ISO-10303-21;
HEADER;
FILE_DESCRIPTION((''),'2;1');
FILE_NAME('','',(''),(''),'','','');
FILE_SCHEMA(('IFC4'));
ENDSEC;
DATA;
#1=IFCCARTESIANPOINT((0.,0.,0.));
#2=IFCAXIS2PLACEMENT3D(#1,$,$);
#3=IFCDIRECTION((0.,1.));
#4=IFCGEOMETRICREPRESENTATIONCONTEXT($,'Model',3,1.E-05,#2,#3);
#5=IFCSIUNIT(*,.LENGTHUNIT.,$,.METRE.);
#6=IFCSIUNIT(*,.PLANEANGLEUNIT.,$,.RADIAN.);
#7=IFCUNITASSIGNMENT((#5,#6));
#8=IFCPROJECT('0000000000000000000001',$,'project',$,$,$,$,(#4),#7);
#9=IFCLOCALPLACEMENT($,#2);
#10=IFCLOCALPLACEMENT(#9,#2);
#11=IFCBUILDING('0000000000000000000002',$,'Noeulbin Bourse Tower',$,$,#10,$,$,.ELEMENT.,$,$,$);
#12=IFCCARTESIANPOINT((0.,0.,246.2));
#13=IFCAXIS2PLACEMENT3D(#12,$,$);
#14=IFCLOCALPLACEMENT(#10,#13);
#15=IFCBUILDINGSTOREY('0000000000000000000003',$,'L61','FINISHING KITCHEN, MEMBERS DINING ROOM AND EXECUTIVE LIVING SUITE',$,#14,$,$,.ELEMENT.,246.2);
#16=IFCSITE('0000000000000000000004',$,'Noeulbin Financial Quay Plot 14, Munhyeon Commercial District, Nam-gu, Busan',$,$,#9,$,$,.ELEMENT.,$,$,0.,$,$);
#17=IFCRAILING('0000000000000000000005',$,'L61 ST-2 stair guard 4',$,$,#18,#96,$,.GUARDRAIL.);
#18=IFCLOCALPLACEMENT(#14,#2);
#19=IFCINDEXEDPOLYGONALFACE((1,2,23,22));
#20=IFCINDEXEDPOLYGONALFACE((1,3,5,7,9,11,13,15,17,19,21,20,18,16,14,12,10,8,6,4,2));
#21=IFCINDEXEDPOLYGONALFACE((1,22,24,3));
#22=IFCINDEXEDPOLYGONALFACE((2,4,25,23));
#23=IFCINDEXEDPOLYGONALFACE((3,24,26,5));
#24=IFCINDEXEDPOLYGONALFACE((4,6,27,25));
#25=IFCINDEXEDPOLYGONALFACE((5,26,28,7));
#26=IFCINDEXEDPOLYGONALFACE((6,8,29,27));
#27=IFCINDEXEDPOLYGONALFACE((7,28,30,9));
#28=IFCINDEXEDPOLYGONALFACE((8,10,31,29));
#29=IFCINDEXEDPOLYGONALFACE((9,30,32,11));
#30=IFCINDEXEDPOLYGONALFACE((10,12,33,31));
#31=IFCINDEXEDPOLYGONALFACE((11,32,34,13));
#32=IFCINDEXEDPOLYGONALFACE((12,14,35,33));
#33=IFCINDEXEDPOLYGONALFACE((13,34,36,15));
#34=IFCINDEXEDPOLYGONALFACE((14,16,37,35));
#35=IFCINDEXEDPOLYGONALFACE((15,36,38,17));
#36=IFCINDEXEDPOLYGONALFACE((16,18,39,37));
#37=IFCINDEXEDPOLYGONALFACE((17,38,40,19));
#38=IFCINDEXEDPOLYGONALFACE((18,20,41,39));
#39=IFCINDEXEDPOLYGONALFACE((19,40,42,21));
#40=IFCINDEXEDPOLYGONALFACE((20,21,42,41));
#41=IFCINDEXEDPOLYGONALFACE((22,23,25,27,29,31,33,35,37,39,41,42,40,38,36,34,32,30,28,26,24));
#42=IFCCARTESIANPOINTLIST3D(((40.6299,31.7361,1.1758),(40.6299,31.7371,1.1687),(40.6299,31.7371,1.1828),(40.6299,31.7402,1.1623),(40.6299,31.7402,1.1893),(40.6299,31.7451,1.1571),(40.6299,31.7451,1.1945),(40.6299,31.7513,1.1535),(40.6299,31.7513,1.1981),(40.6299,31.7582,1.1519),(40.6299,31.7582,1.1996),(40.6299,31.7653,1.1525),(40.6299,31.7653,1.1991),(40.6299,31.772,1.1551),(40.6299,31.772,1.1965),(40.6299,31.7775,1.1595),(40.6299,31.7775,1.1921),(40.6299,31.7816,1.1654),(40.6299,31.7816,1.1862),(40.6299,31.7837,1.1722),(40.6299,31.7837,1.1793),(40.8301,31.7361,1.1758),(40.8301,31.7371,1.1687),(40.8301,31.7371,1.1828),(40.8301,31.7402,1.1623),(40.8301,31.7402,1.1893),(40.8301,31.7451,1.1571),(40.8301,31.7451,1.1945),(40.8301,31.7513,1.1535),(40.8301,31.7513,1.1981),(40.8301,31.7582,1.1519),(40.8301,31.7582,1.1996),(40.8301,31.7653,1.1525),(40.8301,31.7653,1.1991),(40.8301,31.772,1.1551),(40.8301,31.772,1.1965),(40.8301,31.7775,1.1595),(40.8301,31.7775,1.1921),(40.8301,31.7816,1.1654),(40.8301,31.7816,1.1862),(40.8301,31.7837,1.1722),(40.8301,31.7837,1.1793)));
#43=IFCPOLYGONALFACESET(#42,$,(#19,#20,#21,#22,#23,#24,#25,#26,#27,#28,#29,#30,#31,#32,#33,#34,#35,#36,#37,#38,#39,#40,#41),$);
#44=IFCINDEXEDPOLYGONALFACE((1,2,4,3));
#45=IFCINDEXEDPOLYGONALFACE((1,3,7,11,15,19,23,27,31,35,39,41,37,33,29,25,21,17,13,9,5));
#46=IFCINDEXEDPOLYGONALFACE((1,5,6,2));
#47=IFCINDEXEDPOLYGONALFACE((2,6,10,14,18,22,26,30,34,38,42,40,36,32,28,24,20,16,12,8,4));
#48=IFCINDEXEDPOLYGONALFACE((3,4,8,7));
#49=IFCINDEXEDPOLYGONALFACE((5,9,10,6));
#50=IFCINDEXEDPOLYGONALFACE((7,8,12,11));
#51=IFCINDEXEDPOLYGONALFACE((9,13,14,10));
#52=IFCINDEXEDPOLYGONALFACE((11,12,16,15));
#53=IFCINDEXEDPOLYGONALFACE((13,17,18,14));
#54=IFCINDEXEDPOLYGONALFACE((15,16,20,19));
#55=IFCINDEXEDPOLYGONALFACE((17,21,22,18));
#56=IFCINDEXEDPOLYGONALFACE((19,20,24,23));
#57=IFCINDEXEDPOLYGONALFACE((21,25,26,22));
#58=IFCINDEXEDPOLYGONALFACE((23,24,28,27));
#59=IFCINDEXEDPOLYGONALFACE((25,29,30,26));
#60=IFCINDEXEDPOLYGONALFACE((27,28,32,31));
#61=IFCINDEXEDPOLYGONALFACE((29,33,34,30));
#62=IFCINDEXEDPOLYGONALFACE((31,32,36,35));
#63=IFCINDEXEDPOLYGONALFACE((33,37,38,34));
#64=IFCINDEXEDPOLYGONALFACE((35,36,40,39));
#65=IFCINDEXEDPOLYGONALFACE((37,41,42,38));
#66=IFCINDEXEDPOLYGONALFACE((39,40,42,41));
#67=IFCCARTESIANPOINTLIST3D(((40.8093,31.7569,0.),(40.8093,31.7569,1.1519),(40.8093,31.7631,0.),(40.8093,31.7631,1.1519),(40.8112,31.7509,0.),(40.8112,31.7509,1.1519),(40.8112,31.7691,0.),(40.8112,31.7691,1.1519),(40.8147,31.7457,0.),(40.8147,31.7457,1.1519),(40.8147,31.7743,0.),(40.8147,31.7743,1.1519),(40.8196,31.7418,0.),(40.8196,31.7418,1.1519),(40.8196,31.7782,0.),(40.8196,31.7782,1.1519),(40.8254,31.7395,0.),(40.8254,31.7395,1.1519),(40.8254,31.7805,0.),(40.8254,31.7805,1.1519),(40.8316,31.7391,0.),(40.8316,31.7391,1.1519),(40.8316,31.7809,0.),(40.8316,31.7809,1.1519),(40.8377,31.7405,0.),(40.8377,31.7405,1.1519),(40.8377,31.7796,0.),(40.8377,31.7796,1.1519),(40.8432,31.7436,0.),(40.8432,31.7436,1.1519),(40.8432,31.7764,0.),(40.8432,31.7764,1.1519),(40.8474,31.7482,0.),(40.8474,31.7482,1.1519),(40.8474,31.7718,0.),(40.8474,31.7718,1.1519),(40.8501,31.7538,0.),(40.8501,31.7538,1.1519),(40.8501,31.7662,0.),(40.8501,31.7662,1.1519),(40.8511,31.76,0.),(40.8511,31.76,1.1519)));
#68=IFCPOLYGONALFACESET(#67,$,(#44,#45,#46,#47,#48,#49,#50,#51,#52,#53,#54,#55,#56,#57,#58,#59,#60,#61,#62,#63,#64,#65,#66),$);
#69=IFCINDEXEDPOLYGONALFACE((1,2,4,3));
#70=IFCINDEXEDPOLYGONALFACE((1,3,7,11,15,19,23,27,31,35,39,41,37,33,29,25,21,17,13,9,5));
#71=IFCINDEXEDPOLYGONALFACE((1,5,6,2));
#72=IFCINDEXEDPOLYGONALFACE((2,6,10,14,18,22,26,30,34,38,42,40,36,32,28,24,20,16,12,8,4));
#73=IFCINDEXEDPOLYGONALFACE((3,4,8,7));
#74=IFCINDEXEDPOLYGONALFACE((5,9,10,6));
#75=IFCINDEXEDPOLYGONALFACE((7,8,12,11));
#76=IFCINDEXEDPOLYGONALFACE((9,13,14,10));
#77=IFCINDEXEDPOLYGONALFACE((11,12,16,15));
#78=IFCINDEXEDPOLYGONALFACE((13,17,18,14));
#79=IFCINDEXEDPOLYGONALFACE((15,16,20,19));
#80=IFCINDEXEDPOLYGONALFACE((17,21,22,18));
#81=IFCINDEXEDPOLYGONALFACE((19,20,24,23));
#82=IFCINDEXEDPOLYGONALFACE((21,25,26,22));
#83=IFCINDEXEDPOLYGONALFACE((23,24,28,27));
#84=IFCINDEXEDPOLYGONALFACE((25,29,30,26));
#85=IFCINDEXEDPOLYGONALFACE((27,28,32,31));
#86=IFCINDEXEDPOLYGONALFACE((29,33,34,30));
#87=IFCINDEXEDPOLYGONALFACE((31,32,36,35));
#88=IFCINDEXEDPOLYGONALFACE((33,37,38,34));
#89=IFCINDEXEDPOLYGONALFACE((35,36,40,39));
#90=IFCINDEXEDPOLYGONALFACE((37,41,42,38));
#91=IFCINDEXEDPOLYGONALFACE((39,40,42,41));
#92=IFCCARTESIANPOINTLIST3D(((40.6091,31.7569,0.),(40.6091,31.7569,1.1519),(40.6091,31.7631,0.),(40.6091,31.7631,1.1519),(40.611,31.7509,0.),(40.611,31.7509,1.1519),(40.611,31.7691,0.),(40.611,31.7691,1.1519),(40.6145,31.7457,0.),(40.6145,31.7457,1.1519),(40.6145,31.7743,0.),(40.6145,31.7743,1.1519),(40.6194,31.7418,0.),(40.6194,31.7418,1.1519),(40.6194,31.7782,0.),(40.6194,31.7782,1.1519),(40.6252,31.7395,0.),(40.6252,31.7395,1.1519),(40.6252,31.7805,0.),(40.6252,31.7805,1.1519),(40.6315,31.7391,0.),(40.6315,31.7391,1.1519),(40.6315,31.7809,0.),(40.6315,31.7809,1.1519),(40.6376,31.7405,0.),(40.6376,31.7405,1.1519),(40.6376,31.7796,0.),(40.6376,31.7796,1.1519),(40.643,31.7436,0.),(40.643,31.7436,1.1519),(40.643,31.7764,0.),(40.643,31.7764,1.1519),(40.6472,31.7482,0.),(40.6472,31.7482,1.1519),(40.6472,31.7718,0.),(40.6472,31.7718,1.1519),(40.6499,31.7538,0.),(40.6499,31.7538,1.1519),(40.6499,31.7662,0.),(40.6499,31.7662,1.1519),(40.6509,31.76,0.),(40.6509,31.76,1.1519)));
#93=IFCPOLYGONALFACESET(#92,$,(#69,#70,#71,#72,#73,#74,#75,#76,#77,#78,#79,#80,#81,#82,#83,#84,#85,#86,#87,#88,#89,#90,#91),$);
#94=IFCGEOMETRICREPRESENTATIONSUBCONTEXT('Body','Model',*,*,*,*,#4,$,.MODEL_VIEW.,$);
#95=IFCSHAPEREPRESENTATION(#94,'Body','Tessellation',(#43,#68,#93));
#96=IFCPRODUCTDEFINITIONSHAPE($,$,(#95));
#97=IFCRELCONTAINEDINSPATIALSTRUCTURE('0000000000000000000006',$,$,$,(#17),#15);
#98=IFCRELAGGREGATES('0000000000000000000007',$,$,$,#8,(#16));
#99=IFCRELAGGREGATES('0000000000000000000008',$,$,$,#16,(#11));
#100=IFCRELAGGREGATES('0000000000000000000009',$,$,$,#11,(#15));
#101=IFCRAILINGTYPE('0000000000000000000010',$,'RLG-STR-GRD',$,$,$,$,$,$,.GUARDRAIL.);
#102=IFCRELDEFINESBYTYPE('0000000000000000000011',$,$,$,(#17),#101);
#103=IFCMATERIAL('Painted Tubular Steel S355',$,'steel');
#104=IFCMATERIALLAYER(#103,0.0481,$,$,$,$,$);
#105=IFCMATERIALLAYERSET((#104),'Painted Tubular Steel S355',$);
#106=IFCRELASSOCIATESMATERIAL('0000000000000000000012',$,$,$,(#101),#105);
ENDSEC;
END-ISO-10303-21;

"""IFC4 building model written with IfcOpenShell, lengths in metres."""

from ifc_helpers import new_model, si_unit, direction, frame, origin, origin_2d, place, context, subcontext, project, spatial, circle, extrude, material, layer, layer_set, type_object, element, save


model = new_model("IFC4")

# Units and contexts
model_context = context("Model", 3, precision=1e-05, world=origin(), true_north=direction((0.0, 1.0)))
body_context = subcontext(model_context, "Body", "Model", "MODEL_VIEW")
ifc_project = project(units=[si_unit("LENGTHUNIT", "METRE"), si_unit("PLANEANGLEUNIT", "RADIAN")], contexts=[model_context])

# Site, building, storey
site_placement = place(None, origin())
site = spatial("IfcSite", under=ifc_project, at=site_placement, Name="Noeulbin Financial Quay Plot 14, Munhyeon Commercial District, Nam-gu, Busan", CompositionType="ELEMENT", RefElevation=0.0)
building_placement = place(site_placement, origin())
building = spatial("IfcBuilding", under=site, at=building_placement, Name="Noeulbin Bourse Tower", CompositionType="ELEMENT")
storey_placement = place(building_placement, frame((0.0, 0.0, 246.2)))
storey = spatial("IfcBuildingStorey", under=building, at=storey_placement, Name="L61", Description="FINISHING KITCHEN, MEMBERS DINING ROOM AND EXECUTIVE LIVING SUITE", CompositionType="ELEMENT", Elevation=246.2)

# Railing
ifc_material_1 = material(Name="Painted Tubular Steel S355", Category="steel")
ifc_layer_1 = layer(ifc_material_1, 0.0481)
ifc_layer_set_1 = layer_set([ifc_layer_1], Name="Painted Tubular Steel S355")
railing_type_1 = type_object("IfcRailingType", Name="RLG-STR-GRD", PredefinedType="GUARDRAIL", material=ifc_layer_set_1)
railing_1_placement = place(storey_placement, frame((40.8301, 31.76, 0.0)))
element("IfcRailing", 1, at=railing_1_placement, inside=storey, type_object=railing_type_1, Name="L61 ST-2 stair guard 4", PredefinedType="GUARDRAIL", context=body_context, shape_type="SweptSolid", body=[
    extrude(circle(Radius=0.0239, at=origin_2d()), frame((0.0, 0.0, 1.1758), z_axis=(-1.0, 0.0, 0.0), x_axis=(0.0, -1.0, 0.0)), (0.0, 0.0, 1.0), 0.2002),
    extrude(circle(Radius=0.021, at=origin_2d()), origin(), (0.0, 0.0, 1.0), 1.1519),
    extrude(circle(Radius=0.021, at=origin_2d()), frame((-0.2002, 0.0, 0.0)), (0.0, 0.0, 1.0), 1.1519),
])

save(model, "model.ifc")
